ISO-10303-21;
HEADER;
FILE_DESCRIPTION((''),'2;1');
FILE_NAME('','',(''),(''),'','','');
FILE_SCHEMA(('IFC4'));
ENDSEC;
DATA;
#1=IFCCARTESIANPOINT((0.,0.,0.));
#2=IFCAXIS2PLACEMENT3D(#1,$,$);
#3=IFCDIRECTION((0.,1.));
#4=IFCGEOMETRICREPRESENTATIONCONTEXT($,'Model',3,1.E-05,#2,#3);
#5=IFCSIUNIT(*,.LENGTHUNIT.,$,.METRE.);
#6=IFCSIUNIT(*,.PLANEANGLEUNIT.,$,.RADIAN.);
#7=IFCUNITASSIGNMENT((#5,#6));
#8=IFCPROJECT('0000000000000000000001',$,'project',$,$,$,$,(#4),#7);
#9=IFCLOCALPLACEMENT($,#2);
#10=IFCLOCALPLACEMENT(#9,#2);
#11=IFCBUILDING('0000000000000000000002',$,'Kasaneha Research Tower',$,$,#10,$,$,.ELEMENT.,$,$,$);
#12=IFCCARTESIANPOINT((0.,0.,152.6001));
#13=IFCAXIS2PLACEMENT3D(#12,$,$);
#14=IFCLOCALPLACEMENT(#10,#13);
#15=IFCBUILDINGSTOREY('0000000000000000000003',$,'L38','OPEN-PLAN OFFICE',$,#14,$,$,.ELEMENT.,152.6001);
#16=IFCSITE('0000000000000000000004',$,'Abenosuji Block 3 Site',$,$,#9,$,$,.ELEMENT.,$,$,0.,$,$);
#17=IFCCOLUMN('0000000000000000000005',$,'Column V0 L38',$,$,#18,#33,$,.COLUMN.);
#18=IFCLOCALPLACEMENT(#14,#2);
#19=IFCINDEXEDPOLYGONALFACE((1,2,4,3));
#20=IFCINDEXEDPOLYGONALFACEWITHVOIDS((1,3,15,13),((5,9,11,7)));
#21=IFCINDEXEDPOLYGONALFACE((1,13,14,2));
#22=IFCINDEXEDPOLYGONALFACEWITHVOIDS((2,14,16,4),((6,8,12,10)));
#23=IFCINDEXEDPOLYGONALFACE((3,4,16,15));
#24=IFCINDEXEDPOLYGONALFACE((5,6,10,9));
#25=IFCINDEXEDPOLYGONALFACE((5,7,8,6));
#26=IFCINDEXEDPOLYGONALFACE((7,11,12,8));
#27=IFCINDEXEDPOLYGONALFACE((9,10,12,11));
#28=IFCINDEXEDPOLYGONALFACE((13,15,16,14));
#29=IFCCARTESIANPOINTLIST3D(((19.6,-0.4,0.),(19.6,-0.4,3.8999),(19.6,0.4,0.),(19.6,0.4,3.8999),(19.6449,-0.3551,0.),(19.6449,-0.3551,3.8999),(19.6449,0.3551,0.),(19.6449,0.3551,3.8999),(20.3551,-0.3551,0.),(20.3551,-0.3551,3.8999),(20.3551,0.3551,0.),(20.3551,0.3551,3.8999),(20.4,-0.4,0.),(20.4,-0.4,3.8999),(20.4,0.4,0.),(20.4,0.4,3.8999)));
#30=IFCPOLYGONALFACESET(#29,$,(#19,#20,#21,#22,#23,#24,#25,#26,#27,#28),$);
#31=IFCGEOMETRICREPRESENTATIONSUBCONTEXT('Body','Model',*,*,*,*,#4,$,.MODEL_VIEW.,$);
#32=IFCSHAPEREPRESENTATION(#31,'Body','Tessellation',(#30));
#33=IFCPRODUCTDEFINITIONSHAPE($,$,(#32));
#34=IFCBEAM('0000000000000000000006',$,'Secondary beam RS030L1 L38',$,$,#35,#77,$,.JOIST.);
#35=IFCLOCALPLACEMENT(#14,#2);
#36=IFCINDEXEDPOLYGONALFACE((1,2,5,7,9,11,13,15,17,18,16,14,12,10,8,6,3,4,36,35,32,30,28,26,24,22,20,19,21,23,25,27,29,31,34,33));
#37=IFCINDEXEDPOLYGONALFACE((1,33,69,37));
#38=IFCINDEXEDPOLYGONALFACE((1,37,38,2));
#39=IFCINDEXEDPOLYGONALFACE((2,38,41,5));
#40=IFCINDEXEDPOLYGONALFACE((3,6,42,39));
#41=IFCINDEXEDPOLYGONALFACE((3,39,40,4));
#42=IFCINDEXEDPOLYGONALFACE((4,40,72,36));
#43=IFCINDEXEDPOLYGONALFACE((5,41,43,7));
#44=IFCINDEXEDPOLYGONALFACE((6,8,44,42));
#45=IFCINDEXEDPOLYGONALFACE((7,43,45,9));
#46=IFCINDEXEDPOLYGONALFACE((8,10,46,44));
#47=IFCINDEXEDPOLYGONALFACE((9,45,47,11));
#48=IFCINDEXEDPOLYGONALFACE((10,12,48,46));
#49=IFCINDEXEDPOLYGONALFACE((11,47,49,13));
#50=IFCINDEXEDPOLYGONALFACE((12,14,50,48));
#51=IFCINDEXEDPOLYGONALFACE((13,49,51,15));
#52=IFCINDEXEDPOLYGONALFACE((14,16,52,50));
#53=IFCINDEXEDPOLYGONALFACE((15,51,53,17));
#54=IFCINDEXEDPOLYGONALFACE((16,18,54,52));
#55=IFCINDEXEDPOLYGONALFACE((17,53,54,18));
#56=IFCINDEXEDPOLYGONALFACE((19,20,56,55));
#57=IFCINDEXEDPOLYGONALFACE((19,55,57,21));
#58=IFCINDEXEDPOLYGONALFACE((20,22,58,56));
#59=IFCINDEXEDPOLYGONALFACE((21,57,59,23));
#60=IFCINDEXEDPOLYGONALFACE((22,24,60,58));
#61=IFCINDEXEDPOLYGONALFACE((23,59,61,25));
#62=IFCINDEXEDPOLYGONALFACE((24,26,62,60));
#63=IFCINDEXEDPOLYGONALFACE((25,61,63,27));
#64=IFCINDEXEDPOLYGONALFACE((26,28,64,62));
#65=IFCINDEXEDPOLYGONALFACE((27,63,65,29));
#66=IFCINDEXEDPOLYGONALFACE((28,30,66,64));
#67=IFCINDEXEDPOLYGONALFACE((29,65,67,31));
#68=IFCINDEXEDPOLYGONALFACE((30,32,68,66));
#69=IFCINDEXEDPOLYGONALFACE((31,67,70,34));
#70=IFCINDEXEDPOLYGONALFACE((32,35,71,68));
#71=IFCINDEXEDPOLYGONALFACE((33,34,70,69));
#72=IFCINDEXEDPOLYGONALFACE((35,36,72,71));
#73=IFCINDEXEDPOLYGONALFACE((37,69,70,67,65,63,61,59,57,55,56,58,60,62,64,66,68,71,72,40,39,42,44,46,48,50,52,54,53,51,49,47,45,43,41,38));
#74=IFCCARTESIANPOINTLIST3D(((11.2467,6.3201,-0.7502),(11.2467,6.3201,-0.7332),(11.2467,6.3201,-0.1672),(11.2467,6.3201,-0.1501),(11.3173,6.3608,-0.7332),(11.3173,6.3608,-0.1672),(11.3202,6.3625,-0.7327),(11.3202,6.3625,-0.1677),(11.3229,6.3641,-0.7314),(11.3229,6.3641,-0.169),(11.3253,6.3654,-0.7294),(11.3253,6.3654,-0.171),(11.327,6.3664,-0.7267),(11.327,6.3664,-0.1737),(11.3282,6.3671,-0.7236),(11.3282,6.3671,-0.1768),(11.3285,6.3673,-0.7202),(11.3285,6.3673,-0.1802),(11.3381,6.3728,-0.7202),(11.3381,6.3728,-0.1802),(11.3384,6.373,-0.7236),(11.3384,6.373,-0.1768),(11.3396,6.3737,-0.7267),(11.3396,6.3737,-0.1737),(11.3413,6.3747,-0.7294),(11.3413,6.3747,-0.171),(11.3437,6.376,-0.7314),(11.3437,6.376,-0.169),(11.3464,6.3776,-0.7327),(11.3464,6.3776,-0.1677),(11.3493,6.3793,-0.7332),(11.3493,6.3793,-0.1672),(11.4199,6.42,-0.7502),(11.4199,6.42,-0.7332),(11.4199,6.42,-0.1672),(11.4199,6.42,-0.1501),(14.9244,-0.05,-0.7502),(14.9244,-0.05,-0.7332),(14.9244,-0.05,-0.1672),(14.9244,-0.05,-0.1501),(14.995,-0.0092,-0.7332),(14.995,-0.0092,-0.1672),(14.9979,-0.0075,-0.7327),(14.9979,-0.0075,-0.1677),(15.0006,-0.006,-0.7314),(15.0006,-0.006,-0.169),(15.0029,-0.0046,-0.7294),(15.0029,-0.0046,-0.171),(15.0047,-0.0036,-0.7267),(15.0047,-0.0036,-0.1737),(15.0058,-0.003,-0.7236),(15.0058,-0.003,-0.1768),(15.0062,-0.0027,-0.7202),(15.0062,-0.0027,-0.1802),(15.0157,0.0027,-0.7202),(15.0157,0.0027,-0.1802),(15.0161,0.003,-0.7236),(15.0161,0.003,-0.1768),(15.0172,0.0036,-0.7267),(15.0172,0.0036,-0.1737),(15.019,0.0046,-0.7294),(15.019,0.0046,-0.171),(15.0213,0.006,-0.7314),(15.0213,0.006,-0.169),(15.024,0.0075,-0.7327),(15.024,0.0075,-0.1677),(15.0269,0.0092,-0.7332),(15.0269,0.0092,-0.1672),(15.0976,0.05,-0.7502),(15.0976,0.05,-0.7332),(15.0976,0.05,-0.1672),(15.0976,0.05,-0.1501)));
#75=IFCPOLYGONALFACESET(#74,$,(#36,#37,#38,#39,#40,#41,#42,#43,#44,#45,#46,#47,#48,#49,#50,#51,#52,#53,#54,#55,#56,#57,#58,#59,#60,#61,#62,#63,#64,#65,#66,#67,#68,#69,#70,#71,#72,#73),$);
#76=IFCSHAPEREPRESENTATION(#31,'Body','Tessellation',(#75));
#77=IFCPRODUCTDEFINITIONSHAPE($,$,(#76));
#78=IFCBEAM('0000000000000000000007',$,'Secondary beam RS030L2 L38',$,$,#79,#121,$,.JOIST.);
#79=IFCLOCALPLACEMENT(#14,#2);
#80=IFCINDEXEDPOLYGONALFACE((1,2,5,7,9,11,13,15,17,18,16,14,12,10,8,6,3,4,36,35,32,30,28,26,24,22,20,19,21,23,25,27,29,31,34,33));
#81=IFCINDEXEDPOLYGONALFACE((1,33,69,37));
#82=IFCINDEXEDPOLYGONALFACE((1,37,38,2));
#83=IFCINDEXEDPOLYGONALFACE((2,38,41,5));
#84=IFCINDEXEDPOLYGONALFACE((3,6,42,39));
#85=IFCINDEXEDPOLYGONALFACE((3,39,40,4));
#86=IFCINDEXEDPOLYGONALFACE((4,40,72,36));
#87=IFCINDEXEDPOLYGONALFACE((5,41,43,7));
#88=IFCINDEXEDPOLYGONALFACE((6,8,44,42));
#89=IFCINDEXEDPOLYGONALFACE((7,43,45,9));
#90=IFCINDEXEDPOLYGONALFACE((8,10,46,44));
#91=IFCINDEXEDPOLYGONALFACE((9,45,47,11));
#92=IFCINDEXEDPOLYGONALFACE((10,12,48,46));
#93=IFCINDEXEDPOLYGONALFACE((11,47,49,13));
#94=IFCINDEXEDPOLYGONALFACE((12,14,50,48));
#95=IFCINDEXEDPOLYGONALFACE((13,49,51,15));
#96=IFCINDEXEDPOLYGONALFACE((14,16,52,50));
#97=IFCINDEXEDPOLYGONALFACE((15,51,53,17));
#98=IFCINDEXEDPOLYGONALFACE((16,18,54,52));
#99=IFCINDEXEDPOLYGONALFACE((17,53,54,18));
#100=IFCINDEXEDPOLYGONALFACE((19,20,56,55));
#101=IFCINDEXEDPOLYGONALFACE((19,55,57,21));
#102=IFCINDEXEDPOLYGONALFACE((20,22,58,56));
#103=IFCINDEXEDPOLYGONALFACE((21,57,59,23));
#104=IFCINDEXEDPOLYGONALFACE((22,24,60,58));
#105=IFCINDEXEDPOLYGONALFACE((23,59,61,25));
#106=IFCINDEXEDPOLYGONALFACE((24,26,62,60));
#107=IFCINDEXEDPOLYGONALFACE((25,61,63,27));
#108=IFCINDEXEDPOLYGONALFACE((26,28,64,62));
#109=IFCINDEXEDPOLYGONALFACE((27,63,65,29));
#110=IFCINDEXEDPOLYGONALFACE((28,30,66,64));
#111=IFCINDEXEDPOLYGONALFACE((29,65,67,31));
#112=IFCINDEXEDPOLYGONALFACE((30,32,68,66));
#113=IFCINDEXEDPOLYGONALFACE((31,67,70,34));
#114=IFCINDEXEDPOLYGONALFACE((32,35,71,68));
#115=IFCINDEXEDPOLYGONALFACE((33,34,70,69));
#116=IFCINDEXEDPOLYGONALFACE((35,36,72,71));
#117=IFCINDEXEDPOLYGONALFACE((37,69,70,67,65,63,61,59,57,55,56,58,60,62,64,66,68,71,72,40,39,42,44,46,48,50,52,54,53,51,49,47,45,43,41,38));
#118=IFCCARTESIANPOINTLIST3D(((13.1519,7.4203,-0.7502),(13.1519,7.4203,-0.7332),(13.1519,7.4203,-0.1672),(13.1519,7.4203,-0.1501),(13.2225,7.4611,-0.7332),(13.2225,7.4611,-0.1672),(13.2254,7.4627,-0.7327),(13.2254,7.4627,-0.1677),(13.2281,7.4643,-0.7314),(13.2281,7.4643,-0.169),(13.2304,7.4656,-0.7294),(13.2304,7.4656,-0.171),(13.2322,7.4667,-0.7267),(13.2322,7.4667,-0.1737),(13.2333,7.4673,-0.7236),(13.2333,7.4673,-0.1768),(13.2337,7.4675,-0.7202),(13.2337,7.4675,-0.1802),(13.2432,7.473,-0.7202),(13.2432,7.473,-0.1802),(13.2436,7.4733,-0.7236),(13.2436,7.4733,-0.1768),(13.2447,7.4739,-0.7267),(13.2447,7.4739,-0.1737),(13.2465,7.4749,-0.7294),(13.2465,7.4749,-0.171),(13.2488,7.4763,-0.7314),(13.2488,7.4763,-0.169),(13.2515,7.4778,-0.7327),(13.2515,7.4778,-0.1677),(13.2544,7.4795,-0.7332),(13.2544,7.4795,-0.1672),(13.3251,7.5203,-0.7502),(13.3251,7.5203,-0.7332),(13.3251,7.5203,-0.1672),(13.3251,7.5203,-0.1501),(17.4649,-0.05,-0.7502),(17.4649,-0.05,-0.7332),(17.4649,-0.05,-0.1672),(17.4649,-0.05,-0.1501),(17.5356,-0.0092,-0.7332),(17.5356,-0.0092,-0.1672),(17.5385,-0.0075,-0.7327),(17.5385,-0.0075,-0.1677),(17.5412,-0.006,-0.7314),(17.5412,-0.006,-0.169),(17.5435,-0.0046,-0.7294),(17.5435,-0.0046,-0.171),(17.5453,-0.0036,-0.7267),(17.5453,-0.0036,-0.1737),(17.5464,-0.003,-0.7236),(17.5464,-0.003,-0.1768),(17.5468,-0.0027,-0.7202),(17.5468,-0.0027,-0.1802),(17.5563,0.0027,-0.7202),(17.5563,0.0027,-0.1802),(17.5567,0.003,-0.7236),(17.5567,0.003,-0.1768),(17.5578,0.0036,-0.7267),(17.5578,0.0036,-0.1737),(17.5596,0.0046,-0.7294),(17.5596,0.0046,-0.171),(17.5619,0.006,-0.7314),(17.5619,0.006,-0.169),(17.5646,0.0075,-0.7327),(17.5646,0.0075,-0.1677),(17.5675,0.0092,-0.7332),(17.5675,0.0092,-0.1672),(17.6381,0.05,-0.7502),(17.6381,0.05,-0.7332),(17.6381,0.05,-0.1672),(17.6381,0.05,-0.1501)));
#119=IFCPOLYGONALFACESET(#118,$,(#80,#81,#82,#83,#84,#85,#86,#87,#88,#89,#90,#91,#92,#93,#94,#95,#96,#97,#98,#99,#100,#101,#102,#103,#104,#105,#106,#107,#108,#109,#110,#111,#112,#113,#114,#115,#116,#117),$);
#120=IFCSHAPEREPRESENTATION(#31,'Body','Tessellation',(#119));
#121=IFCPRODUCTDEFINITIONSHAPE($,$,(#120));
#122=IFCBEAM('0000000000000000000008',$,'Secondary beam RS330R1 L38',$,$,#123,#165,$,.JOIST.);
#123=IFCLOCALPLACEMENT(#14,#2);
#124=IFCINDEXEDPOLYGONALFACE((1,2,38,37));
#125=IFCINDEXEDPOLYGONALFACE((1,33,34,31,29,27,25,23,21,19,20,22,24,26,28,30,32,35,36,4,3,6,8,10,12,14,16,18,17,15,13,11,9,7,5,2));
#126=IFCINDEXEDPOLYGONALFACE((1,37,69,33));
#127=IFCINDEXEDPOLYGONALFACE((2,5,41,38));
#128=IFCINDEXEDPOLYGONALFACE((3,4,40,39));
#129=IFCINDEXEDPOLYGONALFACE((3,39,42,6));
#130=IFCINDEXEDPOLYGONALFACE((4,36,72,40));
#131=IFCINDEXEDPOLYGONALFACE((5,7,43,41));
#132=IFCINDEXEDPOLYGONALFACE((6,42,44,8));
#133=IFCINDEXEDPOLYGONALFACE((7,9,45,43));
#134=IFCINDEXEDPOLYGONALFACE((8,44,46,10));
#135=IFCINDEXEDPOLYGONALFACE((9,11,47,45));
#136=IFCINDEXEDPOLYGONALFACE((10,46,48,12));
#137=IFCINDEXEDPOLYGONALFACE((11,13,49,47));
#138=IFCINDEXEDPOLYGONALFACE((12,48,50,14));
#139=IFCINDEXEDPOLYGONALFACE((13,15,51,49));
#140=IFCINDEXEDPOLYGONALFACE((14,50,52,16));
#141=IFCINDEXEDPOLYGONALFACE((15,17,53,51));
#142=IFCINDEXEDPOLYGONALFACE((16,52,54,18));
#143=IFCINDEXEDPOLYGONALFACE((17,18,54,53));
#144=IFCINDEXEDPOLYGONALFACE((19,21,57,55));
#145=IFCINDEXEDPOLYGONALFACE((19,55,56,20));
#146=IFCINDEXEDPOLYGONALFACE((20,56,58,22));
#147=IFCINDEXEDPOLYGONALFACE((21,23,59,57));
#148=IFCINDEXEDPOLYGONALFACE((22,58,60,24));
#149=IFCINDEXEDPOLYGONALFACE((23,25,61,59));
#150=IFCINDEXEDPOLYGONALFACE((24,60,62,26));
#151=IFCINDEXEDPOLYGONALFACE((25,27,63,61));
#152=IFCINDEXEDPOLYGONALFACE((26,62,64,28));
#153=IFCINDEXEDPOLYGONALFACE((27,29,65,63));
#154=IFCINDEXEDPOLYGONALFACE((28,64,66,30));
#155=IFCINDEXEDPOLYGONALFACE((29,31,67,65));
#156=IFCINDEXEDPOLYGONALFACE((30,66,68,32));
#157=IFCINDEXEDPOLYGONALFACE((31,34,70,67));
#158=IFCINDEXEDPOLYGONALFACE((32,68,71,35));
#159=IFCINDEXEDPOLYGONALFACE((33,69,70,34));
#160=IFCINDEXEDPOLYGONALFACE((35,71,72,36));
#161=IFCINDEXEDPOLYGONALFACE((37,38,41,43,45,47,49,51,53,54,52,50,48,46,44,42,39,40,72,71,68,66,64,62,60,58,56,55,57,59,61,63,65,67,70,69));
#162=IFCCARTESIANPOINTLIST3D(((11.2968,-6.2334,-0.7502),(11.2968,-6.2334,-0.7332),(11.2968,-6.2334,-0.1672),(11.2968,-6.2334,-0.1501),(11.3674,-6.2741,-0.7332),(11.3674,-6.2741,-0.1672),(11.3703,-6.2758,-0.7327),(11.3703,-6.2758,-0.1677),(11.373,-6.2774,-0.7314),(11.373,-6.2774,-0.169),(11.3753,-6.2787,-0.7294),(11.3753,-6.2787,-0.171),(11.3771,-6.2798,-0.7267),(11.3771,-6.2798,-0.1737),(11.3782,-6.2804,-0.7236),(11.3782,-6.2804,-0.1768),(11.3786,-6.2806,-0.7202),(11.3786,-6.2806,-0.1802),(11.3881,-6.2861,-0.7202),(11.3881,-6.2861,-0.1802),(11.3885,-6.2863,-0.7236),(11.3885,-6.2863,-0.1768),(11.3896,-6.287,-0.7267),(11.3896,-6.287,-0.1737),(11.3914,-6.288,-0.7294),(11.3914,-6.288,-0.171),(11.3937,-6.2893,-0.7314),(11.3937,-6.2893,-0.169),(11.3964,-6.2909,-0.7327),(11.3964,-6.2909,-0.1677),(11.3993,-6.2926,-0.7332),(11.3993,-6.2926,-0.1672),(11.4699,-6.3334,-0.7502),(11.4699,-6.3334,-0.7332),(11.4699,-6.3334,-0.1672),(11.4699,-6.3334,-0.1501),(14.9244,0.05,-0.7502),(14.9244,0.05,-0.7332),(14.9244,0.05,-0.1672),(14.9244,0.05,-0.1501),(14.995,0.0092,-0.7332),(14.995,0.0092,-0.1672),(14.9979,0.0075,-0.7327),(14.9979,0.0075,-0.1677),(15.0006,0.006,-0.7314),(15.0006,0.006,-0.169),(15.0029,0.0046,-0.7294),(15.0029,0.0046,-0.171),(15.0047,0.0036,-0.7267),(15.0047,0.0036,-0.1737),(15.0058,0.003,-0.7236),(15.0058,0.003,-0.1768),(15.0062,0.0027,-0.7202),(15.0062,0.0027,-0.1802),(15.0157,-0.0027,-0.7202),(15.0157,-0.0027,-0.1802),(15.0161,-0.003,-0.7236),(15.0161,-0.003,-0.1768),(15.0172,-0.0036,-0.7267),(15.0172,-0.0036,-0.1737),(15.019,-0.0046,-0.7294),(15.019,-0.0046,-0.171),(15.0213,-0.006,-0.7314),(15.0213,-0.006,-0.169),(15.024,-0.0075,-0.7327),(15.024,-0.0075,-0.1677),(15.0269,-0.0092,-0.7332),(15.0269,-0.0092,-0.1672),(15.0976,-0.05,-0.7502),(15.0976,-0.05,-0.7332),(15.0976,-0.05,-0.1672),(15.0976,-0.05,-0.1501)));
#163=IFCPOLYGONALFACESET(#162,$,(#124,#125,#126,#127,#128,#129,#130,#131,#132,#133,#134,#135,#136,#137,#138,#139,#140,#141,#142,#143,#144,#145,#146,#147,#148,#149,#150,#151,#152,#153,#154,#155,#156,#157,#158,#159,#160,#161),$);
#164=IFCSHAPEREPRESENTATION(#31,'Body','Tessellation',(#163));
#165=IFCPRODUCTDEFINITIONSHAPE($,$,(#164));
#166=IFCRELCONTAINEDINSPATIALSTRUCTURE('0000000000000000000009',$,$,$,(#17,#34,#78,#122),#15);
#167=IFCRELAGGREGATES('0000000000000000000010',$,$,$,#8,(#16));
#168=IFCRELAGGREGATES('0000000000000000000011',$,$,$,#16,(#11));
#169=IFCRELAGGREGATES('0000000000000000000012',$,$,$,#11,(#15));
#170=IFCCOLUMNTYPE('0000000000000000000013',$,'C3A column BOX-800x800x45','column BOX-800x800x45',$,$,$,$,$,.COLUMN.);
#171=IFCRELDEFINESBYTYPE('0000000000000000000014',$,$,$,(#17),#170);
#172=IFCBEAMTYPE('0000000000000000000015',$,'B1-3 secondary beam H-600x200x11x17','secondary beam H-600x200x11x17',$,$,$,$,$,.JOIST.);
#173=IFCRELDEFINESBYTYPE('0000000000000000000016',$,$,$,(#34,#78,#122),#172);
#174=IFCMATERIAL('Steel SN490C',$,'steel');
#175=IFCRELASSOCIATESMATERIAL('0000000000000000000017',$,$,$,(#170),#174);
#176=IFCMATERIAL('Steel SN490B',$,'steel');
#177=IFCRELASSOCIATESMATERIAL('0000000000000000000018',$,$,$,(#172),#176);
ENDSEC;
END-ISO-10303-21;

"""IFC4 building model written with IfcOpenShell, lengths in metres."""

from ifc_helpers import new_model, si_unit, direction, frame, origin, origin_2d, place, context, subcontext, project, spatial, hollow_rectangle, i_section, extrude, material, material_profile, profile_set, type_object, element, save


model = new_model("IFC4")

# Units and contexts
model_context = context("Model", 3, precision=1e-05, world=origin(), true_north=direction((0.0, 1.0)))
body_context = subcontext(model_context, "Body", "Model", "MODEL_VIEW")
ifc_project = project(units=[si_unit("LENGTHUNIT", "METRE"), si_unit("PLANEANGLEUNIT", "RADIAN")], contexts=[model_context])

# Site, building, storey
site_placement = place(None, origin())
site = spatial("IfcSite", under=ifc_project, at=site_placement, Name="Abenosuji Block 3 Site", CompositionType="ELEMENT", RefElevation=0.0)
building_placement = place(site_placement, origin())
building = spatial("IfcBuilding", under=site, at=building_placement, Name="Kasaneha Research Tower", CompositionType="ELEMENT")
storey_placement = place(building_placement, frame((0.0, 0.0, 152.6001)))
storey = spatial("IfcBuildingStorey", under=building, at=storey_placement, Name="L38", Description="OPEN-PLAN OFFICE", CompositionType="ELEMENT", Elevation=152.6001)

# Column
ifc_material_1 = material(Name="Steel SN490C", Category="steel")
ifc_material_profile_1 = material_profile(ifc_material_1, hollow_rectangle(XDim=0.8, YDim=0.8, WallThickness=0.0449, at=origin_2d()), Name="BOX-800x800x45")
ifc_profile_set_1 = profile_set([ifc_material_profile_1], Name="Steel SN490C")
column_type = type_object("IfcColumnType", Name="C3A column BOX-800x800x45", Description="column BOX-800x800x45", PredefinedType="COLUMN", material=ifc_profile_set_1)
column_placement = place(storey_placement, frame((20.0, 0.0, 0.0), z_axis=(0.0, 0.0, 1.0), x_axis=(1.0, 0.0, 0.0)))
element("IfcColumn", 1, at=column_placement, inside=storey, type_object=column_type, Name="Column V0 L38", PredefinedType="COLUMN", context=body_context, shape_type="SweptSolid", body=[
    extrude(hollow_rectangle(XDim=0.8, YDim=0.8, WallThickness=0.0449, at=origin_2d()), origin(), (0.0, 0.0, 1.0), 3.8999),
])

# Beams
ifc_material_2 = material(Name="Steel SN490B", Category="steel")
ifc_material_profile_2 = material_profile(ifc_material_2, i_section(OverallWidth=0.2, OverallDepth=0.6001, WebThickness=0.011, FlangeThickness=0.0171, FilletRadius=0.0129, at=origin_2d()), Name="H-600x200x11x17")
ifc_profile_set_2 = profile_set([ifc_material_profile_2], Name="Steel SN490B")
beam_type_1 = type_object("IfcBeamType", Name="B1-3 secondary beam H-600x200x11x17", Description="secondary beam H-600x200x11x17", PredefinedType="JOIST", material=ifc_profile_set_2)
beam_1_placement = place(storey_placement, frame((15.011, 0.0, -0.4502), z_axis=(-0.499994, 0.866029, 0.0), x_axis=(-0.866029, -0.499994, 0.0)))
element("IfcBeam", 2, at=beam_1_placement, inside=storey, type_object=beam_type_1, Name="Secondary beam RS030L1 L38", PredefinedType="JOIST", context=body_context, shape_type="SweptSolid", body=[
    extrude(i_section(OverallWidth=0.2, OverallDepth=0.6001, WebThickness=0.011, FlangeThickness=0.0171, FilletRadius=0.0129, at=origin_2d()), origin(), (0.0, 0.0, 1.0), 7.3555),
])
beam_2_placement = place(storey_placement, frame((17.5515, 0.0, -0.4502), z_axis=(-0.500005, 0.866023, 0.0), x_axis=(-0.866023, -0.500005, 0.0)))
element("IfcBeam", 3, at=beam_2_placement, inside=storey, type_object=beam_type_1, Name="Secondary beam RS030L2 L38", PredefinedType="JOIST", context=body_context, shape_type="SweptSolid", body=[
    extrude(i_section(OverallWidth=0.2, OverallDepth=0.6001, WebThickness=0.011, FlangeThickness=0.0171, FilletRadius=0.0129, at=origin_2d()), origin(), (0.0, 0.0, 1.0), 8.626),
])
beam_3_placement = place(storey_placement, frame((15.011, 0.0, -0.4502), z_axis=(-0.499993, -0.866029, 0.0), x_axis=(0.866029, -0.499993, 0.0)))
element("IfcBeam", 4, at=beam_3_placement, inside=storey, type_object=beam_type_1, Name="Secondary beam RS330R1 L38", PredefinedType="JOIST", context=body_context, shape_type="SweptSolid", body=[
    extrude(i_section(OverallWidth=0.2, OverallDepth=0.6001, WebThickness=0.011, FlangeThickness=0.0171, FilletRadius=0.0129, at=origin_2d()), origin(), (0.0, 0.0, 1.0), 7.2554),
])

save(model, "model.ifc")
